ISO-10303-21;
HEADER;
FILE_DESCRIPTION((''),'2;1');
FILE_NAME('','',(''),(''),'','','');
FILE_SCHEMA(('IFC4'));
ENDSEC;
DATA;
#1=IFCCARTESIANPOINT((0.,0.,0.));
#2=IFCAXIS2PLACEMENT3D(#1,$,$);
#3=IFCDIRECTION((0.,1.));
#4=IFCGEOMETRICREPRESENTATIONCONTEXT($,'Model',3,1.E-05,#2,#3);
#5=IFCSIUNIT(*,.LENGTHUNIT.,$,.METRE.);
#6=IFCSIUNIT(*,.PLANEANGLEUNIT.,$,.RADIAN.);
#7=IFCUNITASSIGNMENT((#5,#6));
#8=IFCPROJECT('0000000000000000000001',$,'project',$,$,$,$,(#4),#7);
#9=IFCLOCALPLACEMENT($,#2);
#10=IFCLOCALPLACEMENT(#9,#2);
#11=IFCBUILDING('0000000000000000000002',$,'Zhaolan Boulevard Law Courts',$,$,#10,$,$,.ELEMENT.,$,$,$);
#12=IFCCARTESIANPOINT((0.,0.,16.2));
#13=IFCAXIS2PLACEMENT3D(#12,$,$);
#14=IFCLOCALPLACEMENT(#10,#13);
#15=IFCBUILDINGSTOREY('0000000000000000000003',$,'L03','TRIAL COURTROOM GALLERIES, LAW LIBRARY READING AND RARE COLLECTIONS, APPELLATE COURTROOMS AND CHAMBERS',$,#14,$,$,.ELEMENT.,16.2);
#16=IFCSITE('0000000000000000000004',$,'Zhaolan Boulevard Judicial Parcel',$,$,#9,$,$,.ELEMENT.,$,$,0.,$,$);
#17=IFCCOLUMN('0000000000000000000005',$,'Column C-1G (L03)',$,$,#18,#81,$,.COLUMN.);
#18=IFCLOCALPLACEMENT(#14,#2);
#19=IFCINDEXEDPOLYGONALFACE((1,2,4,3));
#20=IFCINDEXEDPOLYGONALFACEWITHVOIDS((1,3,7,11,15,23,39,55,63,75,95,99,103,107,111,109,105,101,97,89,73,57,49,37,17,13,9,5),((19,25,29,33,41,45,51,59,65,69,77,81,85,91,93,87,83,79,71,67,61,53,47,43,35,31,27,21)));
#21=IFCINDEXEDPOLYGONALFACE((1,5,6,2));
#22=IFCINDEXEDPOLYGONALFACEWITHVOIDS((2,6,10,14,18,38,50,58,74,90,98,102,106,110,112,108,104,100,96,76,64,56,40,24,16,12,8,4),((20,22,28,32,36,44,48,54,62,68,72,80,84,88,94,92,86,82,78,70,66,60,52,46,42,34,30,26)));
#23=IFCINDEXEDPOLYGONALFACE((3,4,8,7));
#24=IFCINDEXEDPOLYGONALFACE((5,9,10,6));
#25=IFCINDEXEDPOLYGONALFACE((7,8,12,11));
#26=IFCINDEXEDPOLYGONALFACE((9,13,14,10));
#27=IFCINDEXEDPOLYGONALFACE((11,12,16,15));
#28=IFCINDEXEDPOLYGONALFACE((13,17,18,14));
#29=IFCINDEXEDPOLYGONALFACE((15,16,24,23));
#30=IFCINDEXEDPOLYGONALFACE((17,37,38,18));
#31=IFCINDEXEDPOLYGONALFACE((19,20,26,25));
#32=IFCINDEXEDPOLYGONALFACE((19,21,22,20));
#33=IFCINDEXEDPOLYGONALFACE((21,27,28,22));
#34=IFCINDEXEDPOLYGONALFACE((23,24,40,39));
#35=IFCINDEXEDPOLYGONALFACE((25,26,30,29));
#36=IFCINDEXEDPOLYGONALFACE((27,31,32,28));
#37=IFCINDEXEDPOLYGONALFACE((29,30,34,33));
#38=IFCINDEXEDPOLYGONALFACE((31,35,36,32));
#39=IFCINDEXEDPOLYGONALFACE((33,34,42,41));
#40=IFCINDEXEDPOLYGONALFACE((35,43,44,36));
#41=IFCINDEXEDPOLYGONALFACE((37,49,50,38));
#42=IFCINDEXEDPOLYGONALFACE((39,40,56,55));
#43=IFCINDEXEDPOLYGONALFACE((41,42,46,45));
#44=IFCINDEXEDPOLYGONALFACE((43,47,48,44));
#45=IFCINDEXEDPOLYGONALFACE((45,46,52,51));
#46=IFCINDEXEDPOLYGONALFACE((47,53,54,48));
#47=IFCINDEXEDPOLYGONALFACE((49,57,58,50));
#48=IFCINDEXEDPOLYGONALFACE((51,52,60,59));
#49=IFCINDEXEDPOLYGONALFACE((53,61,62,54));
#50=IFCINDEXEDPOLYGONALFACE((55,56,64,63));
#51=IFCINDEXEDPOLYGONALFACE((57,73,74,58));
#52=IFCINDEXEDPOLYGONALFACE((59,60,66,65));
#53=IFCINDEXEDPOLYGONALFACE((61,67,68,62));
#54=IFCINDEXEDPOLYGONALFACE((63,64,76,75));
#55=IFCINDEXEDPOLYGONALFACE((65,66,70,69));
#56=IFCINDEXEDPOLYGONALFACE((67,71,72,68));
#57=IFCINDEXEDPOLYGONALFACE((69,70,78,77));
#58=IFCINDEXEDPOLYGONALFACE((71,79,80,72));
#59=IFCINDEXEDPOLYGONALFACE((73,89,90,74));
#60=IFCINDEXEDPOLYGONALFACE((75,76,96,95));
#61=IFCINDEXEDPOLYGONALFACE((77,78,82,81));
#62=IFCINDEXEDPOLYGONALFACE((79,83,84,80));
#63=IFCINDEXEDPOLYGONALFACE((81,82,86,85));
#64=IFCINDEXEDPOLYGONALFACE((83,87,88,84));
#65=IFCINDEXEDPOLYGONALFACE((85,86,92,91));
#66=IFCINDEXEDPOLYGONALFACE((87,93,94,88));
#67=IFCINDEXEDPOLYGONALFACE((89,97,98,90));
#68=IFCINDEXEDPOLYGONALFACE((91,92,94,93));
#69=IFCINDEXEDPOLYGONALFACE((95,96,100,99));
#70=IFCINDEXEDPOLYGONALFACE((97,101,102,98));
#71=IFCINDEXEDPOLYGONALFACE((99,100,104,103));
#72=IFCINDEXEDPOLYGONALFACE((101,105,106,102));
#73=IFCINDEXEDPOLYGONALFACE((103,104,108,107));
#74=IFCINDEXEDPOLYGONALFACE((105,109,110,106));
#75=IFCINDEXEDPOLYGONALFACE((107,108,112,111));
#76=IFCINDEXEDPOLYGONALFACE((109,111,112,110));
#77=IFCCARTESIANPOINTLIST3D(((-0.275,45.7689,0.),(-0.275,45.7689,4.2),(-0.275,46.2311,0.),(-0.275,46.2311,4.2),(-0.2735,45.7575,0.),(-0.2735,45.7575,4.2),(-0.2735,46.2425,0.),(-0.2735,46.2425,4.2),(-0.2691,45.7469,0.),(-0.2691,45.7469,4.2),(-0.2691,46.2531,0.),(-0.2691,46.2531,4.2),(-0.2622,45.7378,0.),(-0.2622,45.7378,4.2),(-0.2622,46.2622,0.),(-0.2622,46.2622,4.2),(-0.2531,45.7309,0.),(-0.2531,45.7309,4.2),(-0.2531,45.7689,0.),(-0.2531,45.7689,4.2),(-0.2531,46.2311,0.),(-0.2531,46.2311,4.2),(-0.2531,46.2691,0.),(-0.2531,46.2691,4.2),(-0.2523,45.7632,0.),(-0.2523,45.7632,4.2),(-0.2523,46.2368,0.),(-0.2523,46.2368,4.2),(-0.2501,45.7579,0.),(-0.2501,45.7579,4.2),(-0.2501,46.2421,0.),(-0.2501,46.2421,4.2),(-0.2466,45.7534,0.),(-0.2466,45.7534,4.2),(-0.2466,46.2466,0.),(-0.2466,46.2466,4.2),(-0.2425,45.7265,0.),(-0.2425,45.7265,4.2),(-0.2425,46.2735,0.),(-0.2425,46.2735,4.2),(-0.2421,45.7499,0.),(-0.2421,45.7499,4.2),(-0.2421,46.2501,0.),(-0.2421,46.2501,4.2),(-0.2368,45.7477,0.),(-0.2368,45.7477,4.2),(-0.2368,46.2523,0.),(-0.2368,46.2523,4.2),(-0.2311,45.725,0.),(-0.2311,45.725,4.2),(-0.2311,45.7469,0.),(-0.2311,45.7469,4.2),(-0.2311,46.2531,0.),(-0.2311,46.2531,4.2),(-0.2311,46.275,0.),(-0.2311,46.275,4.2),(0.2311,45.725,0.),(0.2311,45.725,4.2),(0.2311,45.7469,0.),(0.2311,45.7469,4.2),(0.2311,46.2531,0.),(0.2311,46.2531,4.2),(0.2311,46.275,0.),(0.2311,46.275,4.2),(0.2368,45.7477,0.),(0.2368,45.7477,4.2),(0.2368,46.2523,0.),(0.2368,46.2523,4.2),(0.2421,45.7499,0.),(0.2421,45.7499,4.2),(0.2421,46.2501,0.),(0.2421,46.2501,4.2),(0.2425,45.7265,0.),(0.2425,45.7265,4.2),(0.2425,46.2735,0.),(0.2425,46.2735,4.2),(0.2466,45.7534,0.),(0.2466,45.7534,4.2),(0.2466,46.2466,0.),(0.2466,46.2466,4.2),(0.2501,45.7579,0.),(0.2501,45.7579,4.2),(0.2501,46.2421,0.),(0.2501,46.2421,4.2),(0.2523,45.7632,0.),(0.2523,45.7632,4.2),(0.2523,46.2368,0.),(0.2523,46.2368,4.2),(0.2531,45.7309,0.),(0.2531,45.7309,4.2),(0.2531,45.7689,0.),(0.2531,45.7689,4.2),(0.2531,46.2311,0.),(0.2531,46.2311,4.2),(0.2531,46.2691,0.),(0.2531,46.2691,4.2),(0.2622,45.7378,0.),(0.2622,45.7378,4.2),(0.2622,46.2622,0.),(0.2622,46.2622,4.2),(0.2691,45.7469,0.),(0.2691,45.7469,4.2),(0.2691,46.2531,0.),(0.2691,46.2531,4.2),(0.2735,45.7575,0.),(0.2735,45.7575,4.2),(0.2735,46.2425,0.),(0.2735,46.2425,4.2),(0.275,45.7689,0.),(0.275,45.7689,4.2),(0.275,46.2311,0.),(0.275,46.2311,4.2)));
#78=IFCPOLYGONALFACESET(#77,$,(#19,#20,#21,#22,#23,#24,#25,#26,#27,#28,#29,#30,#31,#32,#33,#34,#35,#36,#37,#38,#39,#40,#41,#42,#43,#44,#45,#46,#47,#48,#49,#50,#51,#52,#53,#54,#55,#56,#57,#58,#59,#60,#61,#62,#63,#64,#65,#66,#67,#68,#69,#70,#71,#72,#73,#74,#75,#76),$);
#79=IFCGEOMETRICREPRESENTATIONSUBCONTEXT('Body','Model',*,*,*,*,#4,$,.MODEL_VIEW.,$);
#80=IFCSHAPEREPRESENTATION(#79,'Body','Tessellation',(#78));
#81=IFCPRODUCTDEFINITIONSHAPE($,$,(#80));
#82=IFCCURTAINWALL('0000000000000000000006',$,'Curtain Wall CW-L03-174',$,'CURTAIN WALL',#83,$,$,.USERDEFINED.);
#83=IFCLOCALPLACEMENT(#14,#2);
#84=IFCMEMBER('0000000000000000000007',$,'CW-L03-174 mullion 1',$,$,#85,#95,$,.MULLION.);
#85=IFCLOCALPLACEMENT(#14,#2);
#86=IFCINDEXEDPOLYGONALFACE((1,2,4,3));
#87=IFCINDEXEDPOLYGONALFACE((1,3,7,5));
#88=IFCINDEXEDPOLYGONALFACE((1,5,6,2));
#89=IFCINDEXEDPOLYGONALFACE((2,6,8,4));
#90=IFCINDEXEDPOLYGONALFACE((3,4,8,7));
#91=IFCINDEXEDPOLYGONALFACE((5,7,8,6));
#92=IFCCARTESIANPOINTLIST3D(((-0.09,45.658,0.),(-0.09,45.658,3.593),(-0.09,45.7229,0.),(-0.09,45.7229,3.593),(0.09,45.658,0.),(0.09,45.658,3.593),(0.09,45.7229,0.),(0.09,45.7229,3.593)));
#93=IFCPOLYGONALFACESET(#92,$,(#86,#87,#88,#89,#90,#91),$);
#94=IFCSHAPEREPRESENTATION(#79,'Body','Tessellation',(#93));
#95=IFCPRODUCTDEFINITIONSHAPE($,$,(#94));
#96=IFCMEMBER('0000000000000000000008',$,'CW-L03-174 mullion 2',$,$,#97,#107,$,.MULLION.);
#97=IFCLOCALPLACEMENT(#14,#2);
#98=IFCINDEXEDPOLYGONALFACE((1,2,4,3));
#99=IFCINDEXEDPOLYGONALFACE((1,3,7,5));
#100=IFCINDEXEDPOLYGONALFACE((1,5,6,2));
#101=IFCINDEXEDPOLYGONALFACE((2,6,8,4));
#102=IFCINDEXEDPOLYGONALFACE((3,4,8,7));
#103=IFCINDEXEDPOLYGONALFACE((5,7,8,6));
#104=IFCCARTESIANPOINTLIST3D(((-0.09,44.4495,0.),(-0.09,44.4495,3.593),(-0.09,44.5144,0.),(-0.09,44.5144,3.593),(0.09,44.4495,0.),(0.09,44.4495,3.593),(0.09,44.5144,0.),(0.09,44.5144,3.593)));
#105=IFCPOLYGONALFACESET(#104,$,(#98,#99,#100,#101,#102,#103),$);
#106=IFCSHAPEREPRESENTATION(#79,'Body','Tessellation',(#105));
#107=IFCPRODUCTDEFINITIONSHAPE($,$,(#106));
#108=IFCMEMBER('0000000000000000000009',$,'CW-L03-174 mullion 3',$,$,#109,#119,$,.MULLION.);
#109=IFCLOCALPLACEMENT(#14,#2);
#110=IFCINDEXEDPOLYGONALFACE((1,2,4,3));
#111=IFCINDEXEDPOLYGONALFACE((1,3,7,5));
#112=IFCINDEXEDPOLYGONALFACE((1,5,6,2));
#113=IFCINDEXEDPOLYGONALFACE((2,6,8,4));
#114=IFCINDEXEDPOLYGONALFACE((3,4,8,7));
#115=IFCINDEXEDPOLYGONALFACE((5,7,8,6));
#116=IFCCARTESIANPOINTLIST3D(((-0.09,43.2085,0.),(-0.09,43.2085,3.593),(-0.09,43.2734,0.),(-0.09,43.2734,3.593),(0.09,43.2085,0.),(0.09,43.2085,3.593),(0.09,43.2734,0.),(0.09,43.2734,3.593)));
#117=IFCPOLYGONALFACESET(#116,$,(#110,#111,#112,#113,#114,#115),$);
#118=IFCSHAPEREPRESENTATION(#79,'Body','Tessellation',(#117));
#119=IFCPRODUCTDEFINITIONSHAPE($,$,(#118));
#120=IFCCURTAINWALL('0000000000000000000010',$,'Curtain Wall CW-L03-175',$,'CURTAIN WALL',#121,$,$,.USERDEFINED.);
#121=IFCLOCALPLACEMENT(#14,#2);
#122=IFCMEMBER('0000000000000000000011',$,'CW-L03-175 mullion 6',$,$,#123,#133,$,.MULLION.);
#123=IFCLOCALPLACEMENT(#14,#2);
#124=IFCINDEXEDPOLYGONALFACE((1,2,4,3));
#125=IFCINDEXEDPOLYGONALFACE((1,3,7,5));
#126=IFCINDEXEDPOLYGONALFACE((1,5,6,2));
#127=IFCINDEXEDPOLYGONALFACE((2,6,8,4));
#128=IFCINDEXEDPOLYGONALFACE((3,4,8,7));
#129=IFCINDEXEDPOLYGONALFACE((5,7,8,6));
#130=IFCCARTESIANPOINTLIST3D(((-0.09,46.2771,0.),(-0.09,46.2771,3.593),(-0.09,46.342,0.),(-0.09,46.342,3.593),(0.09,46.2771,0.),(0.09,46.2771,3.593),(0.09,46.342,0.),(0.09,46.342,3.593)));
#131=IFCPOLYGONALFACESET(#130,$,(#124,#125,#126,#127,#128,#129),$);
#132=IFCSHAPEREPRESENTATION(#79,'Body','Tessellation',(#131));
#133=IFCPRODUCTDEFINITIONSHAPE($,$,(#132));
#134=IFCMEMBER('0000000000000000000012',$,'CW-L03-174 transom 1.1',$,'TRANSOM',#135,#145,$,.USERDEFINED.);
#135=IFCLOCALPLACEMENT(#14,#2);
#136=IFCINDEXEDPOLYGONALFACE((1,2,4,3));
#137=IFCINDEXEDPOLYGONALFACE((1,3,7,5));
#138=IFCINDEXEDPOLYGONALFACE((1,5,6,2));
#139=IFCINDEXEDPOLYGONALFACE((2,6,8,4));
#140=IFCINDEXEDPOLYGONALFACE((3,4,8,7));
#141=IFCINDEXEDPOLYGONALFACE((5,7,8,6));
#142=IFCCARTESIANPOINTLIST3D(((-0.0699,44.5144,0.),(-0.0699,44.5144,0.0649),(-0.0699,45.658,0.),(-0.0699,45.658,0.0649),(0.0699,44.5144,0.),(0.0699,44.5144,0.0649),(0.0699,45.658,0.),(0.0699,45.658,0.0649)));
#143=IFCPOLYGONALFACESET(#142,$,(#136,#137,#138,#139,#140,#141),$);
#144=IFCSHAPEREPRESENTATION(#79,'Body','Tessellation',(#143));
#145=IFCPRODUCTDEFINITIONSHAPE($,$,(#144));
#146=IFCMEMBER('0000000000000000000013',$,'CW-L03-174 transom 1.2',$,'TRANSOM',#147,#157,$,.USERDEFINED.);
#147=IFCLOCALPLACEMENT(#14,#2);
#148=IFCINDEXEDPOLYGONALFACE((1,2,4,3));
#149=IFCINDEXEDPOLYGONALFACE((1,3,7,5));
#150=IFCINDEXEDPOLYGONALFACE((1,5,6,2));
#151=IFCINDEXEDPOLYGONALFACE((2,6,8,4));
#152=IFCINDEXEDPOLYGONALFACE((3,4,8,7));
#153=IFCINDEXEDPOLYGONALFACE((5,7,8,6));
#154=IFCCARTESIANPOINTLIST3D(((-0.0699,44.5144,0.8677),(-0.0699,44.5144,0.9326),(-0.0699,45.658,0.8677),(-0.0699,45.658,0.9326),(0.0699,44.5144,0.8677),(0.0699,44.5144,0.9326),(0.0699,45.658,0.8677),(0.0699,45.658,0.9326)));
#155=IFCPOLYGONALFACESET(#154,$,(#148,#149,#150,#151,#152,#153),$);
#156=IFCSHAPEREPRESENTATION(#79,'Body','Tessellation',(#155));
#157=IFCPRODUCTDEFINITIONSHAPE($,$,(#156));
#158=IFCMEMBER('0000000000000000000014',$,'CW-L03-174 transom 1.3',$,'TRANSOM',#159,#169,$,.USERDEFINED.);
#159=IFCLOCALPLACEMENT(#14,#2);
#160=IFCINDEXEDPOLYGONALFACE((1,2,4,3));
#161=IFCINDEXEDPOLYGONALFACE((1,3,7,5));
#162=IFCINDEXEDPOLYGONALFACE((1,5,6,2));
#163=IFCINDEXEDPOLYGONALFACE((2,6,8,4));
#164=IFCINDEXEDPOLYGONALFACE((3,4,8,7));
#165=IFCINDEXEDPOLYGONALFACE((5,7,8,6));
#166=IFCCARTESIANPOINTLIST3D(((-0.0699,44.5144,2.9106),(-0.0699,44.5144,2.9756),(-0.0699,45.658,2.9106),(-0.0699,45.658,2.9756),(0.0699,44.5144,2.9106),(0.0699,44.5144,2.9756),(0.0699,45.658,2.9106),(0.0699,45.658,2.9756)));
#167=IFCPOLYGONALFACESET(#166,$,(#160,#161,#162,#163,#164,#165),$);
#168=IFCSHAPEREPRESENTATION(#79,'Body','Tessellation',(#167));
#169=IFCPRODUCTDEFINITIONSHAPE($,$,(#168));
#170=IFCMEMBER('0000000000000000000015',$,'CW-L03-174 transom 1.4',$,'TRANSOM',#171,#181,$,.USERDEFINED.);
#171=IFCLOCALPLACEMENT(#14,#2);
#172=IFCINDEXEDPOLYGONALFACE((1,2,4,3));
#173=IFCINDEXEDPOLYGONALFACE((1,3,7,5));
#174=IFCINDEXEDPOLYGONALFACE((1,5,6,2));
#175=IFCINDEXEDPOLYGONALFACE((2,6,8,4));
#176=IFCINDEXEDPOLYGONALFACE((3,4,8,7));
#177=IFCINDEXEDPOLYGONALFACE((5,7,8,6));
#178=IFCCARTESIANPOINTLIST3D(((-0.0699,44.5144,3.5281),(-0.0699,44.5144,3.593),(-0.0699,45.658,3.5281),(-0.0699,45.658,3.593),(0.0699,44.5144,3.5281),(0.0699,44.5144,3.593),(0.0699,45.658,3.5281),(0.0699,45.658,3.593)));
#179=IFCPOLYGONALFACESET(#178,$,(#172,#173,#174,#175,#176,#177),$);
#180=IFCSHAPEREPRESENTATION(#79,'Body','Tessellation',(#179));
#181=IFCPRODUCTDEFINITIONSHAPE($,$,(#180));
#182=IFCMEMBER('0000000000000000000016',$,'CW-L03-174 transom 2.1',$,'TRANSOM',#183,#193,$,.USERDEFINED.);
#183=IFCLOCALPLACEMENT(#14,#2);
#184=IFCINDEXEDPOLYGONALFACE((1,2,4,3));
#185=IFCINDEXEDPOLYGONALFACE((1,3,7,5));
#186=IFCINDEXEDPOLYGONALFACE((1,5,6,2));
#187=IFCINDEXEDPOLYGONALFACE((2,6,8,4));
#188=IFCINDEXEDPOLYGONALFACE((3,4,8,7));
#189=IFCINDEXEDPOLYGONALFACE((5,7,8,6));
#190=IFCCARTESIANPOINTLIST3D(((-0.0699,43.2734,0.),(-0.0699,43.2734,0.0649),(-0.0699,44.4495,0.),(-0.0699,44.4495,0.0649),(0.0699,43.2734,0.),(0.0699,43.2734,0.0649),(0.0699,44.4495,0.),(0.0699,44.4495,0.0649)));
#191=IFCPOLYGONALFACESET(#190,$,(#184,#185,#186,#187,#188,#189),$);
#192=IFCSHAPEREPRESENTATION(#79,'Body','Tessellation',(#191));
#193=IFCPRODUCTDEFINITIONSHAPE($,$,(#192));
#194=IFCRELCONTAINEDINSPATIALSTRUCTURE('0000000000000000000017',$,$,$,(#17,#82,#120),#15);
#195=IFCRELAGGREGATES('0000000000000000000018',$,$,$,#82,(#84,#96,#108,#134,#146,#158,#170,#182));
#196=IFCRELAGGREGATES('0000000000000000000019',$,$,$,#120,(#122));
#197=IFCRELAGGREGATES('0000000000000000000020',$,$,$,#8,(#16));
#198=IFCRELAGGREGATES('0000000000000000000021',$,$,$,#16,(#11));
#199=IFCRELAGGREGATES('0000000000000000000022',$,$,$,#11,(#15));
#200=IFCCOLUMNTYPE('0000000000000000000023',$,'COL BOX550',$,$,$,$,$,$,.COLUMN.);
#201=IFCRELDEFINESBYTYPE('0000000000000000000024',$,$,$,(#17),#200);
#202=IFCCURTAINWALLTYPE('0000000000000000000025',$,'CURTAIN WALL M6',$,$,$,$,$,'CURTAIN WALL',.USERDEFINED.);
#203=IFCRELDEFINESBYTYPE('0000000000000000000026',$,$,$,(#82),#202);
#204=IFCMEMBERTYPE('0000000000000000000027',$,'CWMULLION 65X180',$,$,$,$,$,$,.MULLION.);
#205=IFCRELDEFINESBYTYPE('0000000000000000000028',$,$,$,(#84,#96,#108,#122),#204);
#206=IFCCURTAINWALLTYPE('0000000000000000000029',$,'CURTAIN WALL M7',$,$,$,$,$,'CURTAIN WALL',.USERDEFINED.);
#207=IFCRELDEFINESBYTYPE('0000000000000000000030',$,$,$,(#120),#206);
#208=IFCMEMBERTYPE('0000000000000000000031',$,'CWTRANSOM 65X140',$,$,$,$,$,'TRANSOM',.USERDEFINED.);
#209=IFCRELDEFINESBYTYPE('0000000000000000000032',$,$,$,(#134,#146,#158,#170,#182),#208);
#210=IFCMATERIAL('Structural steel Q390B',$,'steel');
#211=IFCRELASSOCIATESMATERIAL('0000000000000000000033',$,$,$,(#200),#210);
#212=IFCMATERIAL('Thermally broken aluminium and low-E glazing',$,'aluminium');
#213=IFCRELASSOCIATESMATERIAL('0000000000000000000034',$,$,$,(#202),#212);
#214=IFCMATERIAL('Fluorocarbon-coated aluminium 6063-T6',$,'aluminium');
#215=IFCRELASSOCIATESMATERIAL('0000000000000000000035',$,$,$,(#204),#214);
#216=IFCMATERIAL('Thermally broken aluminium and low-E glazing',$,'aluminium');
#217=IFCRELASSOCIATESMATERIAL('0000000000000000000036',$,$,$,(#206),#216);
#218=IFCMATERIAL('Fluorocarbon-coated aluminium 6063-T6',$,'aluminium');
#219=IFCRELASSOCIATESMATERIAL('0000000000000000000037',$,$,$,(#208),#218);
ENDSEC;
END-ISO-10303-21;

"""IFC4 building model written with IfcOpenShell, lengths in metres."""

from ifc_helpers import new_model, si_unit, direction, frame, origin, origin_2d, place, context, subcontext, project, spatial, rectangle, hollow_rectangle, extrude, material, material_profile, profile_set, type_object, element, aggregate, save


model = new_model("IFC4")

# Units and contexts
model_context = context("Model", 3, precision=1e-05, world=origin(), true_north=direction((0.0, 1.0)))
body_context = subcontext(model_context, "Body", "Model", "MODEL_VIEW")
ifc_project = project(units=[si_unit("LENGTHUNIT", "METRE"), si_unit("PLANEANGLEUNIT", "RADIAN")], contexts=[model_context])

# Site, building, storey
site_placement = place(None, origin())
site = spatial("IfcSite", under=ifc_project, at=site_placement, Name="Zhaolan Boulevard Judicial Parcel", CompositionType="ELEMENT", RefElevation=0.0)
building_placement = place(site_placement, origin())
building = spatial("IfcBuilding", under=site, at=building_placement, Name="Zhaolan Boulevard Law Courts", CompositionType="ELEMENT")
storey_placement = place(building_placement, frame((0.0, 0.0, 16.2)))
storey = spatial("IfcBuildingStorey", under=building, at=storey_placement, Name="L03", Description="TRIAL COURTROOM GALLERIES, LAW LIBRARY READING AND RARE COLLECTIONS, APPELLATE COURTROOMS AND CHAMBERS", CompositionType="ELEMENT", Elevation=16.2)

# Column
ifc_material_1 = material(Name="Structural steel Q390B", Category="steel")
ifc_material_profile_1 = material_profile(ifc_material_1, hollow_rectangle(XDim=0.55, YDim=0.55, WallThickness=0.022, InnerFilletRadius=0.022, OuterFilletRadius=0.0439, at=origin_2d()), Name="BOX550x550x22")
ifc_profile_set_1 = profile_set([ifc_material_profile_1], Name="Structural steel Q390B")
column_type = type_object("IfcColumnType", Name="COL BOX550", PredefinedType="COLUMN", material=ifc_profile_set_1)
column_placement = place(storey_placement, frame((0.0, 46.0, 0.0), z_axis=(0.0, 0.0, 1.0), x_axis=(1.0, 0.0, 0.0)))
element("IfcColumn", 1, at=column_placement, inside=storey, type_object=column_type, Name="Column C-1G (L03)", PredefinedType="COLUMN", context=body_context, shape_type="SweptSolid", body=[
    extrude(hollow_rectangle(XDim=0.55, YDim=0.55, WallThickness=0.022, InnerFilletRadius=0.022, OuterFilletRadius=0.0439, at=origin_2d()), origin(), (0.0, 0.0, 1.0), 4.2),
])

# Curtain wall, members
ifc_material_2 = material(Name="Thermally broken aluminium and low-E glazing", Category="aluminium")
curtain_wall_type_1 = type_object("IfcCurtainWallType", Name="CURTAIN WALL M6", ElementType="CURTAIN WALL", PredefinedType="USERDEFINED", material=ifc_material_2)
curtain_wall_1_placement = place(storey_placement, origin())
curtain_wall_1 = element("IfcCurtainWall", 2, at=curtain_wall_1_placement, inside=storey, type_object=curtain_wall_type_1, Name="Curtain Wall CW-L03-174", ObjectType="CURTAIN WALL", PredefinedType="USERDEFINED")
ifc_material_3 = material(Name="Fluorocarbon-coated aluminium 6063-T6", Category="aluminium")
ifc_material_profile_2 = material_profile(ifc_material_3, rectangle(XDim=0.1799, YDim=0.0649, at=origin_2d()), Name="AL65x180")
ifc_profile_set_2 = profile_set([ifc_material_profile_2], Name="Fluorocarbon-coated aluminium 6063-T6")
member_type_1 = type_object("IfcMemberType", Name="CWMULLION 65X180", PredefinedType="MULLION", material=ifc_profile_set_2)
member_1_placement = place(storey_placement, frame((0.0, 45.6904, 0.0), z_axis=(0.0, 0.0, 1.0), x_axis=(1.0, 0.0, 0.0)))
member_1 = element("IfcMember", 3, at=member_1_placement, type_object=member_type_1, Name="CW-L03-174 mullion 1", PredefinedType="MULLION", context=body_context, shape_type="SweptSolid", body=[
    extrude(rectangle(XDim=0.1799, YDim=0.0649, at=origin_2d()), origin(), (0.0, 0.0, 1.0), 3.593),
])
member_2_placement = place(storey_placement, frame((0.0, 44.4819, 0.0), z_axis=(0.0, 0.0, 1.0), x_axis=(1.0, 0.0, 0.0)))
member_2 = element("IfcMember", 4, at=member_2_placement, type_object=member_type_1, Name="CW-L03-174 mullion 2", PredefinedType="MULLION", context=body_context, shape_type="SweptSolid", body=[
    extrude(rectangle(XDim=0.1799, YDim=0.0649, at=origin_2d()), origin(), (0.0, 0.0, 1.0), 3.593),
])
member_3_placement = place(storey_placement, frame((0.0, 43.241, 0.0), z_axis=(0.0, 0.0, 1.0), x_axis=(1.0, 0.0, 0.0)))
member_3 = element("IfcMember", 5, at=member_3_placement, type_object=member_type_1, Name="CW-L03-174 mullion 3", PredefinedType="MULLION", context=body_context, shape_type="SweptSolid", body=[
    extrude(rectangle(XDim=0.1799, YDim=0.0649, at=origin_2d()), origin(), (0.0, 0.0, 1.0), 3.593),
])

# Curtain wall, member
ifc_material_4 = material(Name="Thermally broken aluminium and low-E glazing", Category="aluminium")
curtain_wall_type_2 = type_object("IfcCurtainWallType", Name="CURTAIN WALL M7", ElementType="CURTAIN WALL", PredefinedType="USERDEFINED", material=ifc_material_4)
curtain_wall_2_placement = place(storey_placement, origin())
curtain_wall_2 = element("IfcCurtainWall", 6, at=curtain_wall_2_placement, inside=storey, type_object=curtain_wall_type_2, Name="Curtain Wall CW-L03-175", ObjectType="CURTAIN WALL", PredefinedType="USERDEFINED")
member_4_placement = place(storey_placement, frame((0.0, 46.3096, 0.0), z_axis=(0.0, 0.0, 1.0), x_axis=(1.0, 0.0, 0.0)))
member_4 = element("IfcMember", 7, at=member_4_placement, type_object=member_type_1, Name="CW-L03-175 mullion 6", PredefinedType="MULLION", context=body_context, shape_type="SweptSolid", body=[
    extrude(rectangle(XDim=0.1799, YDim=0.0649, at=origin_2d()), origin(), (0.0, 0.0, 1.0), 3.593),
])

# Members
ifc_material_5 = material(Name="Fluorocarbon-coated aluminium 6063-T6", Category="aluminium")
ifc_material_profile_3 = material_profile(ifc_material_5, rectangle(XDim=0.1399, YDim=0.0649, at=origin_2d()), Name="AL65x140")
ifc_profile_set_3 = profile_set([ifc_material_profile_3], Name="Fluorocarbon-coated aluminium 6063-T6")
member_type_2 = type_object("IfcMemberType", Name="CWTRANSOM 65X140", ElementType="TRANSOM", PredefinedType="USERDEFINED", material=ifc_profile_set_3)
member_5_placement = place(storey_placement, frame((0.0, 45.658, 0.0325), z_axis=(0.0, -1.0, 0.0), x_axis=(1.0, 0.0, 0.0)))
member_5 = element("IfcMember", 8, at=member_5_placement, type_object=member_type_2, Name="CW-L03-174 transom 1.1", ObjectType="TRANSOM", PredefinedType="USERDEFINED", context=body_context, shape_type="SweptSolid", body=[
    extrude(rectangle(XDim=0.1399, YDim=0.0649, at=origin_2d()), origin(), (0.0, 0.0, 1.0), 1.1436),
])
member_6_placement = place(storey_placement, frame((0.0, 45.658, 0.9001), z_axis=(0.0, -1.0, 0.0), x_axis=(1.0, 0.0, 0.0)))
member_6 = element("IfcMember", 9, at=member_6_placement, type_object=member_type_2, Name="CW-L03-174 transom 1.2", ObjectType="TRANSOM", PredefinedType="USERDEFINED", context=body_context, shape_type="SweptSolid", body=[
    extrude(rectangle(XDim=0.1399, YDim=0.0649, at=origin_2d()), origin(), (0.0, 0.0, 1.0), 1.1436),
])
member_7_placement = place(storey_placement, frame((0.0, 45.658, 2.9431), z_axis=(0.0, -1.0, 0.0), x_axis=(1.0, 0.0, 0.0)))
member_7 = element("IfcMember", 10, at=member_7_placement, type_object=member_type_2, Name="CW-L03-174 transom 1.3", ObjectType="TRANSOM", PredefinedType="USERDEFINED", context=body_context, shape_type="SweptSolid", body=[
    extrude(rectangle(XDim=0.1399, YDim=0.0649, at=origin_2d()), origin(), (0.0, 0.0, 1.0), 1.1436),
])
member_8_placement = place(storey_placement, frame((0.0, 45.658, 3.5605), z_axis=(0.0, -1.0, 0.0), x_axis=(1.0, 0.0, 0.0)))
member_8 = element("IfcMember", 11, at=member_8_placement, type_object=member_type_2, Name="CW-L03-174 transom 1.4", ObjectType="TRANSOM", PredefinedType="USERDEFINED", context=body_context, shape_type="SweptSolid", body=[
    extrude(rectangle(XDim=0.1399, YDim=0.0649, at=origin_2d()), origin(), (0.0, 0.0, 1.0), 1.1436),
])
member_9_placement = place(storey_placement, frame((0.0, 44.4495, 0.0325), z_axis=(0.0, -1.0, 0.0), x_axis=(1.0, 0.0, 0.0)))
member_9 = element("IfcMember", 12, at=member_9_placement, type_object=member_type_2, Name="CW-L03-174 transom 2.1", ObjectType="TRANSOM", PredefinedType="USERDEFINED", context=body_context, shape_type="SweptSolid", body=[
    extrude(rectangle(XDim=0.1399, YDim=0.0649, at=origin_2d()), origin(), (0.0, 0.0, 1.0), 1.176),
])

aggregate(curtain_wall_1, [member_1, member_2, member_3, member_5, member_6, member_7, member_8, member_9])
aggregate(curtain_wall_2, [member_4])

save(model, "model.ifc")
